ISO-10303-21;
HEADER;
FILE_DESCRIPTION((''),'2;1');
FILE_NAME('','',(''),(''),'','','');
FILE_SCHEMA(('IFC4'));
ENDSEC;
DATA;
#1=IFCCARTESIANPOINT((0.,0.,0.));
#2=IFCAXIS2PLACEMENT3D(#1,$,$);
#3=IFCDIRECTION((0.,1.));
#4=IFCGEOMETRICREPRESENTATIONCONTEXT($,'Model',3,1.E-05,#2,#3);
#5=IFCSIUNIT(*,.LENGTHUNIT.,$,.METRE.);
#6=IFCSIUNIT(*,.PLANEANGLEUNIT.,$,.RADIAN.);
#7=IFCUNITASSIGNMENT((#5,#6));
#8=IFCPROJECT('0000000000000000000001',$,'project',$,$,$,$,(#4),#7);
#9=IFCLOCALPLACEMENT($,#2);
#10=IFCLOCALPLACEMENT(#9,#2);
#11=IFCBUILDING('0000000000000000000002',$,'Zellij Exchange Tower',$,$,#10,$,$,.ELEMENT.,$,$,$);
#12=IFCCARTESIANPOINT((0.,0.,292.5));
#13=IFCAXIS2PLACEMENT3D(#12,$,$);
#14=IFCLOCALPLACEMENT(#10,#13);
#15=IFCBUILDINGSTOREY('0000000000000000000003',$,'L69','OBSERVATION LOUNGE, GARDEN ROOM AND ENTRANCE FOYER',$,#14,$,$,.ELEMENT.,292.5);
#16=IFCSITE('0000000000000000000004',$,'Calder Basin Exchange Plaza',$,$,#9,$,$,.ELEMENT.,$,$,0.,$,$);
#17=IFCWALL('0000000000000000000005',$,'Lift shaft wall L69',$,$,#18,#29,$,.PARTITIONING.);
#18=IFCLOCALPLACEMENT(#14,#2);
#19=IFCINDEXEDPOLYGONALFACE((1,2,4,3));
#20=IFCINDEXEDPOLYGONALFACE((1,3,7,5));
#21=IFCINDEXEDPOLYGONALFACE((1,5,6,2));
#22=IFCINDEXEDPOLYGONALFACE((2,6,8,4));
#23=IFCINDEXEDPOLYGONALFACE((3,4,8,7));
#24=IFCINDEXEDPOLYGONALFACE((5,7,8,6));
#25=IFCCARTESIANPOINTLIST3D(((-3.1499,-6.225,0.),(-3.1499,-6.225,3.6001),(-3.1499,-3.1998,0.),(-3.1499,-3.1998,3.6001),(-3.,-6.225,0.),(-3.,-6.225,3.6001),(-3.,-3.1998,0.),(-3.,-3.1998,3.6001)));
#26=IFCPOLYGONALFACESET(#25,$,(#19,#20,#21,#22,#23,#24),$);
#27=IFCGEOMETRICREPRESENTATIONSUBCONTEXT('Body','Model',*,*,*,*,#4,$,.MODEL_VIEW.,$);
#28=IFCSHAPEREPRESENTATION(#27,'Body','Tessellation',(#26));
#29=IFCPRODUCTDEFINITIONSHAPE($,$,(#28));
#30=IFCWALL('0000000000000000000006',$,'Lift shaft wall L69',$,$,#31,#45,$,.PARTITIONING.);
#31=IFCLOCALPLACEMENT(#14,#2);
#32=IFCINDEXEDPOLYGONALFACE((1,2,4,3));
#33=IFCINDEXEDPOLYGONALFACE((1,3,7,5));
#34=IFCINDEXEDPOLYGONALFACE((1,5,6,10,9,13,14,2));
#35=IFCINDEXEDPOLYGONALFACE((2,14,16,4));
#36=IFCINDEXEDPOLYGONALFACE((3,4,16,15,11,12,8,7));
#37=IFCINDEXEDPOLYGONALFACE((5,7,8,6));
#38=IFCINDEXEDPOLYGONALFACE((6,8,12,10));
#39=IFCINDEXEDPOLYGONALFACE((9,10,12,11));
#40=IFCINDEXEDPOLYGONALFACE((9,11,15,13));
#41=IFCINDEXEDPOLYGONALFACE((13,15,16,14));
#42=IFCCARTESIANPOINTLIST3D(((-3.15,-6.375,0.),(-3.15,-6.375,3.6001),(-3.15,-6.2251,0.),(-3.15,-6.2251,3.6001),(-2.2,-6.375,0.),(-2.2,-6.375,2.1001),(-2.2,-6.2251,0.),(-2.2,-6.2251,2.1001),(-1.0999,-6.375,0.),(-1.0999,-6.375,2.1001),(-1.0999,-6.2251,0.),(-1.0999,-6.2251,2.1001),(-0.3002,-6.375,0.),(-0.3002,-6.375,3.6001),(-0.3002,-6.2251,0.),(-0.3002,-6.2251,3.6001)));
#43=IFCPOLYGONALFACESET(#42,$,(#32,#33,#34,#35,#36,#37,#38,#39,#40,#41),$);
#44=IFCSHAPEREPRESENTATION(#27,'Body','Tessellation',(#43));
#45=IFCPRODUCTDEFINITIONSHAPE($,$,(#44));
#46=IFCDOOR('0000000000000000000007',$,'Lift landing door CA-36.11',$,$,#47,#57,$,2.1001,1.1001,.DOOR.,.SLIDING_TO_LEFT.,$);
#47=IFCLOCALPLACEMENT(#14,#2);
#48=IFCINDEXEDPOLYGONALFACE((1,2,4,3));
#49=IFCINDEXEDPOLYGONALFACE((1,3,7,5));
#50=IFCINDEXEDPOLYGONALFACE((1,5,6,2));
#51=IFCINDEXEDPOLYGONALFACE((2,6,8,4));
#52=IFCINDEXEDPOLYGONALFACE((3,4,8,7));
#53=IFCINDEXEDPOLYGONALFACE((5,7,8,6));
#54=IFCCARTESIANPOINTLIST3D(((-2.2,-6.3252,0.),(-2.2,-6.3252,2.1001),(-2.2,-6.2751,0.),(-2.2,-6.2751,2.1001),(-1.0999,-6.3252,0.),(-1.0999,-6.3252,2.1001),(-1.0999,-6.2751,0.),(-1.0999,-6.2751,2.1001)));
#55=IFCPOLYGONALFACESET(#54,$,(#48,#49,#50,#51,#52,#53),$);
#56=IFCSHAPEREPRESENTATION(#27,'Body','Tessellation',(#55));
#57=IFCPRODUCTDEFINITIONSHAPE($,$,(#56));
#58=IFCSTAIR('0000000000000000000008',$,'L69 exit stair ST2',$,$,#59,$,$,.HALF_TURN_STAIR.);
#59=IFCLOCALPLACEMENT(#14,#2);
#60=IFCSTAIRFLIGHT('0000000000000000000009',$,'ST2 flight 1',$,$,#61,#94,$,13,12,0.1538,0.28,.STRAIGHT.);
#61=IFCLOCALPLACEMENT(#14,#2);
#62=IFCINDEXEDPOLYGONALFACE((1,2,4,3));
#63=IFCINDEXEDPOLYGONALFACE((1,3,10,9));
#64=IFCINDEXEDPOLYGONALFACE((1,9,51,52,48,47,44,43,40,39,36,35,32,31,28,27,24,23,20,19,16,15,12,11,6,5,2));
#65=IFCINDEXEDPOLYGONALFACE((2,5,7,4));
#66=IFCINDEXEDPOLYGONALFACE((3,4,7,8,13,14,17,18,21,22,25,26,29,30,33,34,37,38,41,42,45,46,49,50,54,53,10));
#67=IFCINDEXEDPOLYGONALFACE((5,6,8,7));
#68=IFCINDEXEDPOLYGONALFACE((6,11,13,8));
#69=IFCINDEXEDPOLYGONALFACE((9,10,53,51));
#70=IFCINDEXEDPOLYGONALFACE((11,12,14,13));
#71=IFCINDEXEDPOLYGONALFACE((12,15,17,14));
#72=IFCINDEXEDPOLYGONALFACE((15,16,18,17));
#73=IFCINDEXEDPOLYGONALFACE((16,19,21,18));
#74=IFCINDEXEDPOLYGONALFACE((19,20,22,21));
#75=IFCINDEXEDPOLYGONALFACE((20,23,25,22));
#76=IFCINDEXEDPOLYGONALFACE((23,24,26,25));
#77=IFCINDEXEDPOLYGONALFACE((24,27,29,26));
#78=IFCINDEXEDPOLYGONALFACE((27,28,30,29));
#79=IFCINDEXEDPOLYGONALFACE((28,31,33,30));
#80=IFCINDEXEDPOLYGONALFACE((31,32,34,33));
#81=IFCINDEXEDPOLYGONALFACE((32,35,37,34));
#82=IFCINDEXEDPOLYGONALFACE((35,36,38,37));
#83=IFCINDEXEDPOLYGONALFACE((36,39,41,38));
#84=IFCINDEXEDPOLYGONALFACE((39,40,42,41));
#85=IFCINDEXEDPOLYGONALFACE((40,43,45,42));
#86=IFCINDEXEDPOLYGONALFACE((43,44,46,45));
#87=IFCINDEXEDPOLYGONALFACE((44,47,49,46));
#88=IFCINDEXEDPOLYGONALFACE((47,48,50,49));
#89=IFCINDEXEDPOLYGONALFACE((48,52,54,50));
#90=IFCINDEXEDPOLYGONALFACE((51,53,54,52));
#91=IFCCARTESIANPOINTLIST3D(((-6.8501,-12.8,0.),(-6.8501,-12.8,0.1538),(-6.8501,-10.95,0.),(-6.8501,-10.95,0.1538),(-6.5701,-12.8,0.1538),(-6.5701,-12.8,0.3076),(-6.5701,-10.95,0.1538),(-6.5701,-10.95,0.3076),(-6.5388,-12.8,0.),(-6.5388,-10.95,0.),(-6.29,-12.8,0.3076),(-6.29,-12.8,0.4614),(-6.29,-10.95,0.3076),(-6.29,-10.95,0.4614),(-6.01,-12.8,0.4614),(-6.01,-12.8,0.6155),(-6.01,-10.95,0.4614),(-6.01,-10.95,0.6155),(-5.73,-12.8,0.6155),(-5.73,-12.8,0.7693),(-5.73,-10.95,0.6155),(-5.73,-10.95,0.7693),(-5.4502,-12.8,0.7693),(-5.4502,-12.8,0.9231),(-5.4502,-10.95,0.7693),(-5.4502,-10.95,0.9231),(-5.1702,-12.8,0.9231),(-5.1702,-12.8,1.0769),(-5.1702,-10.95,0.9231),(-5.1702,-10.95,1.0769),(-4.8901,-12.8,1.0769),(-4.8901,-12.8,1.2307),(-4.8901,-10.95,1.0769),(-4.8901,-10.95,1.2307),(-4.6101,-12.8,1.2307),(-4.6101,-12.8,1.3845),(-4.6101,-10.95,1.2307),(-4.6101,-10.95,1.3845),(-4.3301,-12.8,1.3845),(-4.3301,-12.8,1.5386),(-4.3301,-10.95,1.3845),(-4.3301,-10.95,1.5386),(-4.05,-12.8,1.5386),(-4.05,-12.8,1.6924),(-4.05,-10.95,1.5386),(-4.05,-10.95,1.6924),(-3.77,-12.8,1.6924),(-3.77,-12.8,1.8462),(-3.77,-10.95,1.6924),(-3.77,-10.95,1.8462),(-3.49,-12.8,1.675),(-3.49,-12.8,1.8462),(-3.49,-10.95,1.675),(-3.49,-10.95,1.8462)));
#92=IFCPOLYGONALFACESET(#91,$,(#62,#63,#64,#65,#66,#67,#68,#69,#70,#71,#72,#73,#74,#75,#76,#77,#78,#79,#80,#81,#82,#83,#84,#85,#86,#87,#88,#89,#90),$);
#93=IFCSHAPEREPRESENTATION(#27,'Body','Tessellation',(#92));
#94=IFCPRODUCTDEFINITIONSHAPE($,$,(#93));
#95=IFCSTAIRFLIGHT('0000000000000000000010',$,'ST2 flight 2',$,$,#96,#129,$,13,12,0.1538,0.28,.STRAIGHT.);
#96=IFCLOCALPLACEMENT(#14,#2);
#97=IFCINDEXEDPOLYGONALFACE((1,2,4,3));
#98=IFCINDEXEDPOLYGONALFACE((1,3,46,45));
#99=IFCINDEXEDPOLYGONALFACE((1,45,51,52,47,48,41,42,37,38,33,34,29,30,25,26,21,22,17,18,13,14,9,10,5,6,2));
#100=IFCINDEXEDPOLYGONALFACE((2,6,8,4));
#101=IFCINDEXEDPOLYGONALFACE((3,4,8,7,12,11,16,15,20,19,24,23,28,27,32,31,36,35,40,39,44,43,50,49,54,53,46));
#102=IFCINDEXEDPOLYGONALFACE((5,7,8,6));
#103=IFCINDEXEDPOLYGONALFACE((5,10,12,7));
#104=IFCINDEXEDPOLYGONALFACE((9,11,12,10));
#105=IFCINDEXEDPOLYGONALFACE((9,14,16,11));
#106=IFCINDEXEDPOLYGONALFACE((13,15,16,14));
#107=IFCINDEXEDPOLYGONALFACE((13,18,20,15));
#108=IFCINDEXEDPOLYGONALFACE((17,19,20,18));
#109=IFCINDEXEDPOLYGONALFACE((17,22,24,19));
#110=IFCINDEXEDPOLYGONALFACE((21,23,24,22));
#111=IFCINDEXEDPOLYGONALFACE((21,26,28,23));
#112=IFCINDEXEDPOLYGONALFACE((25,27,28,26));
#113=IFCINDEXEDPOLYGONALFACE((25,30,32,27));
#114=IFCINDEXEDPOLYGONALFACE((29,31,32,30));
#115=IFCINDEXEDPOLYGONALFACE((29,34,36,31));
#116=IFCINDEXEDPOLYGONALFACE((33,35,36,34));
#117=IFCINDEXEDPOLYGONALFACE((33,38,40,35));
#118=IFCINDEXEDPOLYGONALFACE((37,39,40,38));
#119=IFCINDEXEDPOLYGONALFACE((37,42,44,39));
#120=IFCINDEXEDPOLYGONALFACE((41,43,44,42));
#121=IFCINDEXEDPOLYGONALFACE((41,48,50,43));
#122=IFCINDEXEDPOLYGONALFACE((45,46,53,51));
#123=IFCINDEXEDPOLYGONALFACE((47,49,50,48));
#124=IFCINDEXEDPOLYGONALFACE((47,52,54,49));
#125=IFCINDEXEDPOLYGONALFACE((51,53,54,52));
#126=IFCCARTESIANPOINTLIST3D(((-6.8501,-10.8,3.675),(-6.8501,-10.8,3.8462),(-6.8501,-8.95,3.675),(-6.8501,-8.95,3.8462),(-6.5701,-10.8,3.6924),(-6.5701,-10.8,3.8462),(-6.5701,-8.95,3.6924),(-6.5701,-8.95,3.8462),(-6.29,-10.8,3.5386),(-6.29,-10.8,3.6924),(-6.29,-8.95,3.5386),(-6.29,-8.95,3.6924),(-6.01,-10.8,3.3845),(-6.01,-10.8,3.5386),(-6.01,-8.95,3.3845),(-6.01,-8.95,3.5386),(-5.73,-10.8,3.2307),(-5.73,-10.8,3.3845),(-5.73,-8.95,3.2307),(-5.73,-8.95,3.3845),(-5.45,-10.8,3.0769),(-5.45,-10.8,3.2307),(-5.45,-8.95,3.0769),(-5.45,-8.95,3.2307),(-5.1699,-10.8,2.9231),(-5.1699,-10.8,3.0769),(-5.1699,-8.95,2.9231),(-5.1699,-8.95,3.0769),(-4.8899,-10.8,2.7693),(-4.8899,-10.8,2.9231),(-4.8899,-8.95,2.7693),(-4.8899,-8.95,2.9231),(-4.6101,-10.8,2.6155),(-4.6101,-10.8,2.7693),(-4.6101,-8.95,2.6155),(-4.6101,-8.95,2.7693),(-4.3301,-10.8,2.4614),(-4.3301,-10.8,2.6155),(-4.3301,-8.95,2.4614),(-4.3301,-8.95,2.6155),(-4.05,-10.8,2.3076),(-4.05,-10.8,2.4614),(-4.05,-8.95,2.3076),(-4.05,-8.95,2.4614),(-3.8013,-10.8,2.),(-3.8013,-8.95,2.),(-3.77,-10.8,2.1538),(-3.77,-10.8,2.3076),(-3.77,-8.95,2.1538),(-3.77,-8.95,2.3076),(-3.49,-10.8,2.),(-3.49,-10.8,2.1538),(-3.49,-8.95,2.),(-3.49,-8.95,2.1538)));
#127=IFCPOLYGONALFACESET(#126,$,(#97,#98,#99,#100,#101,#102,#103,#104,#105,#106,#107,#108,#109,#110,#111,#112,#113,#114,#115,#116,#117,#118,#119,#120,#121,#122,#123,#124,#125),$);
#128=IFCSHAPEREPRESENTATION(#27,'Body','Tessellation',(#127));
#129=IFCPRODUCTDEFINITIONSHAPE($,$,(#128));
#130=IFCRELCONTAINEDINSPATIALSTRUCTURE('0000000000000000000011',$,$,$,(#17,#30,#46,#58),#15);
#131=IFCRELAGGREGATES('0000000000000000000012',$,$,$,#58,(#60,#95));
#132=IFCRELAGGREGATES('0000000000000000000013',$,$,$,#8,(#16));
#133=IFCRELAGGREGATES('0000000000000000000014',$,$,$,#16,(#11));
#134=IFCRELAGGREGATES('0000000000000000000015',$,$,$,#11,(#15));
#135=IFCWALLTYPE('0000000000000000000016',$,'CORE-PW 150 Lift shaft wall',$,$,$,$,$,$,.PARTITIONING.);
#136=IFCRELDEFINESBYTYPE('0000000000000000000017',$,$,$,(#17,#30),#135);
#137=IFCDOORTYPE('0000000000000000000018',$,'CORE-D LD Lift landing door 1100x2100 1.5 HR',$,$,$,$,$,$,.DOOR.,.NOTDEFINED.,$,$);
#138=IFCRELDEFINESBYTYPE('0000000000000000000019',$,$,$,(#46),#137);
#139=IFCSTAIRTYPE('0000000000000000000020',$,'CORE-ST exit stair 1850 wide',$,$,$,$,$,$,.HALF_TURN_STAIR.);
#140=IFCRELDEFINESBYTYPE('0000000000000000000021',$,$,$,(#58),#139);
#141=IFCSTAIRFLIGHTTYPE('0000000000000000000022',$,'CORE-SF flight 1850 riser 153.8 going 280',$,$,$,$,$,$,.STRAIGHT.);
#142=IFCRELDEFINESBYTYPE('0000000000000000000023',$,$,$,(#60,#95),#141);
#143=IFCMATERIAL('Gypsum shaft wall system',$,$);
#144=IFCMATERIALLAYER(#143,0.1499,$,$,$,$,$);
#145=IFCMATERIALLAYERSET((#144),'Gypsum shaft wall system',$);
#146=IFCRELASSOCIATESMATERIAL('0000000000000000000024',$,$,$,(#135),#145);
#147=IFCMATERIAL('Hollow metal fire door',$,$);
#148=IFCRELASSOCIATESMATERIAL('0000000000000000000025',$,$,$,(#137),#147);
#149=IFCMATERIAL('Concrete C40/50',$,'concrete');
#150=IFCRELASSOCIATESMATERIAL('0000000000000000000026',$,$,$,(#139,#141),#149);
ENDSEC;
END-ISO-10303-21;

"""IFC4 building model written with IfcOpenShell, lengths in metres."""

from ifc_helpers import new_model, si_unit, direction, frame, frame_2d, origin, place, context, subcontext, project, spatial, polyline, rectangle, outline, extrude, material, layer, layer_set, type_object, element, fill, aggregate, save


model = new_model("IFC4")

# Units and contexts
model_context = context("Model", 3, precision=1e-05, world=origin(), true_north=direction((0.0, 1.0)))
body_context = subcontext(model_context, "Body", "Model", "MODEL_VIEW")
ifc_project = project(units=[si_unit("LENGTHUNIT", "METRE"), si_unit("PLANEANGLEUNIT", "RADIAN")], contexts=[model_context])

# Site, building, storey
site_placement = place(None, origin())
site = spatial("IfcSite", under=ifc_project, at=site_placement, Name="Calder Basin Exchange Plaza", CompositionType="ELEMENT", RefElevation=0.0)
building_placement = place(site_placement, origin())
building = spatial("IfcBuilding", under=site, at=building_placement, Name="Zellij Exchange Tower", CompositionType="ELEMENT")
storey_placement = place(building_placement, frame((0.0, 0.0, 292.5)))
storey = spatial("IfcBuildingStorey", under=building, at=storey_placement, Name="L69", Description="OBSERVATION LOUNGE, GARDEN ROOM AND ENTRANCE FOYER", CompositionType="ELEMENT", Elevation=292.5)

# Shared definitions
ifc_material_1 = material(Name="Concrete C40/50", Category="concrete")

# Shared definitions
ifc_material_2 = material(Name="Gypsum shaft wall system")
ifc_material_3 = material(Name="Hollow metal fire door")

# Wall
ifc_layer_1 = layer(ifc_material_2, 0.1499)
ifc_layer_set_1 = layer_set([ifc_layer_1], Name="Gypsum shaft wall system")
wall_type_1 = type_object("IfcWallType", Name="CORE-PW 150 Lift shaft wall", PredefinedType="PARTITIONING", material=ifc_layer_set_1)
wall_1_placement = place(storey_placement, frame((-3.075, -6.2251, 0.0), z_axis=(0.0, 0.0, 1.0), x_axis=(0.0, 1.0, 0.0)))
element("IfcWall", 1, at=wall_1_placement, inside=storey, type_object=wall_type_1, Name="Lift shaft wall L69", PredefinedType="PARTITIONING", context=body_context, shape_type="SweptSolid", body=[
    extrude(rectangle(XDim=3.0251, YDim=0.1499, at=frame_2d((1.5127, 0.0))), origin(), (0.0, 0.0, 1.0), 3.6001),
])

# Wall, opening, door
wall_2_placement = place(storey_placement, frame((-3.1499, -6.3, 0.0), z_axis=(0.0, 0.0, 1.0), x_axis=(1.0, 0.0, 0.0)))
wall_2 = element("IfcWall", 2, at=wall_2_placement, inside=storey, type_object=wall_type_1, Name="Lift shaft wall L69", PredefinedType="PARTITIONING", context=body_context, shape_type="SweptSolid", body=[
    extrude(rectangle(XDim=2.8499, YDim=0.1499, at=frame_2d((1.4248, 0.0))), origin(), (0.0, 0.0, 1.0), 3.6001),
])
opening_1_placement = place(wall_2_placement, frame((0.95, 0.0, 0.0)))
opening_1 = element("IfcOpeningElement", 3, at=opening_1_placement, cuts=wall_2, PredefinedType="OPENING", context=body_context, shape_type="SweptSolid", body=[
    extrude(rectangle(XDim=1.1001, YDim=2.1001, at=frame_2d((0.55, 1.05))), frame((0.0, 0.0869, 0.0), z_axis=(0.0, -1.0, 0.0), x_axis=(1.0, 0.0, 0.0)), (0.0, 0.0, 1.0), 0.1738),
])
door_type_1 = type_object("IfcDoorType", Name="CORE-D LD Lift landing door 1100x2100 1.5 HR", OperationType="NOTDEFINED", PredefinedType="DOOR", material=ifc_material_3)
door_1_placement = place(opening_1_placement, origin())
door_1 = element("IfcDoor", 4, at=door_1_placement, inside=storey, type_object=door_type_1, Name="Lift landing door CA-36.11", OperationType="SLIDING_TO_LEFT", OverallHeight=2.1001, OverallWidth=1.1001, PredefinedType="DOOR", context=body_context, shape_type="SweptSolid", body=[
    extrude(rectangle(XDim=1.1001, YDim=2.1001, at=frame_2d((0.55, 1.05))), frame((0.0, 0.0249, 0.0), z_axis=(0.0, -1.0, 0.0), x_axis=(1.0, 0.0, 0.0)), (0.0, 0.0, 1.0), 0.05),
])
fill(opening_1, door_1)

# Stair, stair flights
stair_type = type_object("IfcStairType", Name="CORE-ST exit stair 1850 wide", PredefinedType="HALF_TURN_STAIR", material=ifc_material_1)
stair_placement = place(storey_placement, origin())
stair = element("IfcStair", 5, at=stair_placement, inside=storey, type_object=stair_type, Name="L69 exit stair ST2", PredefinedType="HALF_TURN_STAIR")
stair_flight_type = type_object("IfcStairFlightType", Name="CORE-SF flight 1850 riser 153.8 going 280", PredefinedType="STRAIGHT", material=ifc_material_1)
stair_flight_1_placement = place(storey_placement, frame((-6.8501, -11.875, 0.0), z_axis=(0.0, 0.0, 1.0), x_axis=(1.0, 0.0, 0.0)))
stair_flight_1 = element("IfcStairFlight", 6, at=stair_flight_1_placement, type_object=stair_flight_type, Name="ST2 flight 1", NumberOfRisers=13, NumberOfTreads=12, PredefinedType="STRAIGHT", RiserHeight=0.1538, TreadLength=0.28, context=body_context, shape_type="SweptSolid", body=[
    extrude(outline(polyline([(0.0, 0.0), (0.0, 0.1538), (0.28, 0.1538), (0.28, 0.3076), (0.5601, 0.3076), (0.5601, 0.4614), (0.8401, 0.4614), (0.8401, 0.6155), (1.1201, 0.6155), (1.1201, 0.7693), (1.3999, 0.7693), (1.3999, 0.9231), (1.6799, 0.9231), (1.6799, 1.0769), (1.96, 1.0769), (1.96, 1.2307), (2.24, 1.2307), (2.24, 1.3845), (2.52, 1.3845), (2.52, 1.5386), (2.8, 1.5386), (2.8, 1.6924), (3.0801, 1.6924), (3.0801, 1.8462), (3.3601, 1.8462), (3.3601, 2.0), (3.3601, 1.675), (0.3113, 0.0), (0.0, 0.0)])), frame((0.0, 0.925, 0.0), z_axis=(0.0, -1.0, 0.0), x_axis=(1.0, 0.0, 0.0)), (0.0, 0.0, 1.0), 1.8501),
])
stair_flight_2_placement = place(storey_placement, frame((-3.49, -9.875, 2.0), z_axis=(0.0, 0.0, 1.0), x_axis=(-1.0, 0.0, 0.0)))
stair_flight_2 = element("IfcStairFlight", 7, at=stair_flight_2_placement, type_object=stair_flight_type, Name="ST2 flight 2", NumberOfRisers=13, NumberOfTreads=12, PredefinedType="STRAIGHT", RiserHeight=0.1538, TreadLength=0.28, context=body_context, shape_type="SweptSolid", body=[
    extrude(outline(polyline([(0.0, 0.0), (0.0, 0.1538), (0.28, 0.1538), (0.28, 0.3076), (0.5601, 0.3076), (0.5601, 0.4614), (0.8401, 0.4614), (0.8401, 0.6155), (1.1201, 0.6155), (1.1201, 0.7693), (1.3999, 0.7693), (1.3999, 0.9231), (1.6799, 0.9231), (1.6799, 1.0769), (1.96, 1.0769), (1.96, 1.2307), (2.24, 1.2307), (2.24, 1.3845), (2.52, 1.3845), (2.52, 1.5386), (2.8, 1.5386), (2.8, 1.6924), (3.0801, 1.6924), (3.0801, 1.8462), (3.3601, 1.8462), (3.3601, 2.0), (3.3601, 1.675), (0.3113, 0.0), (0.0, 0.0)])), frame((0.0, 0.925, 0.0), z_axis=(0.0, -1.0, 0.0), x_axis=(1.0, 0.0, 0.0)), (0.0, 0.0, 1.0), 1.8501),
])
aggregate(stair, [stair_flight_1, stair_flight_2])

save(model, "model.ifc")
